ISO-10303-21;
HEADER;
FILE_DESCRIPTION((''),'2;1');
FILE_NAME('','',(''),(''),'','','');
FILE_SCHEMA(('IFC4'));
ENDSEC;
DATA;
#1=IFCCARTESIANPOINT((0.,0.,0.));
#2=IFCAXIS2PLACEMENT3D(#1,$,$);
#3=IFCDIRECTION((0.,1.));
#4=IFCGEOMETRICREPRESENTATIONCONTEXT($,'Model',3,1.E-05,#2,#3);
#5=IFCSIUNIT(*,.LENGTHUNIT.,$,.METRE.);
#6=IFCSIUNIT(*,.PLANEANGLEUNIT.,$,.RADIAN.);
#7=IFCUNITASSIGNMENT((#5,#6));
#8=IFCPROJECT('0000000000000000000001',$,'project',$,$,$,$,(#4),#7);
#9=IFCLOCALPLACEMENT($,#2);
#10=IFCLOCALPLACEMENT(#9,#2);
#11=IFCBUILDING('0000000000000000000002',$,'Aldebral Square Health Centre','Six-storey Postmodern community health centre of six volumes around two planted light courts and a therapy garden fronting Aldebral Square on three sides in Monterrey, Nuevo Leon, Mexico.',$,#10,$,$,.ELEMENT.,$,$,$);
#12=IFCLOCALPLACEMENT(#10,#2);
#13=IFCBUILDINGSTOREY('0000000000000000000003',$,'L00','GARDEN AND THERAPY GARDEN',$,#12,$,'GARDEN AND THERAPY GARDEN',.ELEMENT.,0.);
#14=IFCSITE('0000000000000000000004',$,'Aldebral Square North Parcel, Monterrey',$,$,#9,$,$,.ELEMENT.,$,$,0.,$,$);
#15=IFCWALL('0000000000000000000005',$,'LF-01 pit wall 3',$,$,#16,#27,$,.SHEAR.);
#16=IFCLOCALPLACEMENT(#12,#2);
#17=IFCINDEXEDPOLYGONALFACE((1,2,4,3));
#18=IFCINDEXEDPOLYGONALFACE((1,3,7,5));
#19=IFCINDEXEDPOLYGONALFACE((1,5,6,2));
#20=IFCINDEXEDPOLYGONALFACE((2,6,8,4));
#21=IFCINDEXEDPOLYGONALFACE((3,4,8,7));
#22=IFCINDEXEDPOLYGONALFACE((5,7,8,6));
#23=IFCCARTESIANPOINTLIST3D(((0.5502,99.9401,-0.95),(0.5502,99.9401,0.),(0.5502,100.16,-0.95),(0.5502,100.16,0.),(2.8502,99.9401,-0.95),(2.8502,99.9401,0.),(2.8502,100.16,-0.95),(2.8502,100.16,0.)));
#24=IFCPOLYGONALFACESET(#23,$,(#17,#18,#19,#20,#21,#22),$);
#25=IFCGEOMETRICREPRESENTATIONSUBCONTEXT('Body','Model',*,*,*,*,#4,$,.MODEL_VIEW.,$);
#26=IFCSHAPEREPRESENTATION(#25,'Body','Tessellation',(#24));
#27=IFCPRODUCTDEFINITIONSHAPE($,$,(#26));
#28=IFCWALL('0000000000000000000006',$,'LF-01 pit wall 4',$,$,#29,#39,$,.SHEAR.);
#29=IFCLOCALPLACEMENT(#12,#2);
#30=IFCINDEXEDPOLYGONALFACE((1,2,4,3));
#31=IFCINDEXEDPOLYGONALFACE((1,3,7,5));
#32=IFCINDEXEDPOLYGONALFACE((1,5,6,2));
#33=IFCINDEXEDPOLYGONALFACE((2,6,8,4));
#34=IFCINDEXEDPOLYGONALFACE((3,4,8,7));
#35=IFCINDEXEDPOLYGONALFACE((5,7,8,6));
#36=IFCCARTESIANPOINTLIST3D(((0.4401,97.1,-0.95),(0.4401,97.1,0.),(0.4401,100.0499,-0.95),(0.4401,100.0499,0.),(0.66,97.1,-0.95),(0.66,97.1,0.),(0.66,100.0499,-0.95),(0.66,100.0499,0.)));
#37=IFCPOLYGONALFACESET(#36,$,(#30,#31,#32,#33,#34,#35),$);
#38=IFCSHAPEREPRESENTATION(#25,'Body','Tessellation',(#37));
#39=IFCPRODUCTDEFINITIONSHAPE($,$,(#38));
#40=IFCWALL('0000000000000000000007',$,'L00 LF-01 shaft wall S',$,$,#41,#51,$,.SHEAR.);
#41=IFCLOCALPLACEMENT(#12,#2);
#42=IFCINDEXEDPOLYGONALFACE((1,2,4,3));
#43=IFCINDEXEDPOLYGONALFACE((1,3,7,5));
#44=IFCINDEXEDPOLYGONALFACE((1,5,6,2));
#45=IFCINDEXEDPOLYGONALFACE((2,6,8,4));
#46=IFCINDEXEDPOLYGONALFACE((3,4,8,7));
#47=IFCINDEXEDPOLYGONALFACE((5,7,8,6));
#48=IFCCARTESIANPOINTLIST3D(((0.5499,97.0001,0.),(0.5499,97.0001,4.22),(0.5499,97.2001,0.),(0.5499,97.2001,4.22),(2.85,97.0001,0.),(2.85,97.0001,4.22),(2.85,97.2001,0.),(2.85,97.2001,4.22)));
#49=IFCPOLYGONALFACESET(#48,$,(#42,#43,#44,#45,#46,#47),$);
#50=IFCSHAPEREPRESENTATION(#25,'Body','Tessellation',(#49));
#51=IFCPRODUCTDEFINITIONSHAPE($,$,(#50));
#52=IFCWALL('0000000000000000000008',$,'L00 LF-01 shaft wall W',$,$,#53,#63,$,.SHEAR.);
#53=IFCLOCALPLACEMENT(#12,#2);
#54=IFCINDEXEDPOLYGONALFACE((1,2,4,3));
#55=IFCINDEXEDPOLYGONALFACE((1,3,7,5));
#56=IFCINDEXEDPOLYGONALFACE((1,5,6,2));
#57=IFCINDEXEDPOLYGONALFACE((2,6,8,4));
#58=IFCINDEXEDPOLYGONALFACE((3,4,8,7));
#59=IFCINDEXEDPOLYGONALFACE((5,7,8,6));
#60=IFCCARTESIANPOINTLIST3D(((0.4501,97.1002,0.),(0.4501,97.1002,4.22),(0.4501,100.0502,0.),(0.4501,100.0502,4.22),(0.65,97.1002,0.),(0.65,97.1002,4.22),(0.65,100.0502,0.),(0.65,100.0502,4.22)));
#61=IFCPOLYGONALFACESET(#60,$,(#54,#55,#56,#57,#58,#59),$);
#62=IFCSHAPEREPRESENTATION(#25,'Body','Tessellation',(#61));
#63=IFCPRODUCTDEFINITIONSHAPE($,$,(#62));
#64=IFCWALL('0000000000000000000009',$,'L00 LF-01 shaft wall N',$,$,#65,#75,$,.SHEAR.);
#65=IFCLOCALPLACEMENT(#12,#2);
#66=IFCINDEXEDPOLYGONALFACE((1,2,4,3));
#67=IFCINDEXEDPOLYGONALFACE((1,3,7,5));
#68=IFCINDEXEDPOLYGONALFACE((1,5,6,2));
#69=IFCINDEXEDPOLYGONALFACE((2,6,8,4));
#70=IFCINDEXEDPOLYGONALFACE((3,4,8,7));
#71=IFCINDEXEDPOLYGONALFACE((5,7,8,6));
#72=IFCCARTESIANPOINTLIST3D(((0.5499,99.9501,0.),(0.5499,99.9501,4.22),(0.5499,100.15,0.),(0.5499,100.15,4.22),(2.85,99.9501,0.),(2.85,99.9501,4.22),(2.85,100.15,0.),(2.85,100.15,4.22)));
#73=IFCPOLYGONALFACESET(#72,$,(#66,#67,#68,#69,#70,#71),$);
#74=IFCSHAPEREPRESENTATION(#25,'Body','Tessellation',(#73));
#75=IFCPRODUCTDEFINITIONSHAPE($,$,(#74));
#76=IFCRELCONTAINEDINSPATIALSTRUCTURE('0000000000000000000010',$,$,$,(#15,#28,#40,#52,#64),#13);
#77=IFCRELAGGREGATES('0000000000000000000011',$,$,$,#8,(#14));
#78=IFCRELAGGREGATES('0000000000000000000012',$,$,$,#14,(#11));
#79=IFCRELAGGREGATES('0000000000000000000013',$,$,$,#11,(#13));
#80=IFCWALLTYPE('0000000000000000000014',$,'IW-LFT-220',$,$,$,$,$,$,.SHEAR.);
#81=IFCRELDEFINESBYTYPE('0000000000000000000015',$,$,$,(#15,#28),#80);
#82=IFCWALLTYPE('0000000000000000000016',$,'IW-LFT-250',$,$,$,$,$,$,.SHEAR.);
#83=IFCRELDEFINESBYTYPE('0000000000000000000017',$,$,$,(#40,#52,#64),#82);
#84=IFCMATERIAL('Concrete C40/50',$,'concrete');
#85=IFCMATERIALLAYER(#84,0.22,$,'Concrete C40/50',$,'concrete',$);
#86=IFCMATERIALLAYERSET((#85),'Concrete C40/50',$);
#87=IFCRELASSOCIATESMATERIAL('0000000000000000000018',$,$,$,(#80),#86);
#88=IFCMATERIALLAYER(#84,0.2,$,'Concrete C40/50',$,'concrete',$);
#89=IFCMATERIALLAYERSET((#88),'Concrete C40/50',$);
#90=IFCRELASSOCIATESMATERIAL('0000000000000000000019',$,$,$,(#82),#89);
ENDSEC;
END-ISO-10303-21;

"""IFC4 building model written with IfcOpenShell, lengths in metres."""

from ifc_helpers import new_model, si_unit, direction, frame, frame_2d, origin, place, context, subcontext, project, spatial, rectangle, extrude, material, layer, layer_set, type_object, element, save


model = new_model("IFC4")

# Units and contexts
model_context = context("Model", 3, precision=1e-05, world=origin(), true_north=direction((0.0, 1.0)))
body_context = subcontext(model_context, "Body", "Model", "MODEL_VIEW")
ifc_project = project(units=[si_unit("LENGTHUNIT", "METRE"), si_unit("PLANEANGLEUNIT", "RADIAN")], contexts=[model_context])

# Site, building, storey
site_placement = place(None, origin())
site = spatial("IfcSite", under=ifc_project, at=site_placement, Name="Aldebral Square North Parcel, Monterrey", CompositionType="ELEMENT", RefElevation=0.0)
building_placement = place(site_placement, origin())
building = spatial("IfcBuilding", under=site, at=building_placement, Name="Aldebral Square Health Centre", Description="Six-storey Postmodern community health centre of six volumes around two planted light courts and a therapy garden fronting Aldebral Square on three sides in Monterrey, Nuevo Leon, Mexico.", CompositionType="ELEMENT")
storey_placement = place(building_placement, origin())
storey = spatial("IfcBuildingStorey", under=building, at=storey_placement, Name="L00", Description="GARDEN AND THERAPY GARDEN", LongName="GARDEN AND THERAPY GARDEN", CompositionType="ELEMENT", Elevation=0.0)

# Shared definitions
ifc_material_1 = material(Name="Concrete C40/50", Category="concrete")

# Walls
ifc_layer_1 = layer(ifc_material_1, 0.22, Name="Concrete C40/50", Category="concrete")
ifc_layer_set_1 = layer_set([ifc_layer_1], Name="Concrete C40/50")
wall_type_1 = type_object("IfcWallType", Name="IW-LFT-220", PredefinedType="SHEAR", material=ifc_layer_set_1)
wall_1_placement = place(storey_placement, frame((2.8501, 100.05, -0.95), z_axis=(0.0, 0.0, 1.0), x_axis=(-1.0, 0.0, 0.0)))
element("IfcWall", 1, at=wall_1_placement, inside=storey, type_object=wall_type_1, Name="LF-01 pit wall 3", PredefinedType="SHEAR", context=body_context, shape_type="SweptSolid", body=[
    extrude(rectangle(XDim=2.3, YDim=0.22, at=frame_2d((1.1499, 0.0))), origin(), (0.0, 0.0, 1.0), 0.95),
])
wall_2_placement = place(storey_placement, frame((0.55, 100.05, -0.95), z_axis=(0.0, 0.0, 1.0), x_axis=(0.0, -1.0, 0.0)))
element("IfcWall", 2, at=wall_2_placement, inside=storey, type_object=wall_type_1, Name="LF-01 pit wall 4", PredefinedType="SHEAR", context=body_context, shape_type="SweptSolid", body=[
    extrude(rectangle(XDim=2.95, YDim=0.22, at=frame_2d((1.4751, 0.0))), origin(), (0.0, 0.0, 1.0), 0.95),
])
ifc_layer_2 = layer(ifc_material_1, 0.2, Name="Concrete C40/50", Category="concrete")
ifc_layer_set_2 = layer_set([ifc_layer_2], Name="Concrete C40/50")
wall_type_2 = type_object("IfcWallType", Name="IW-LFT-250", PredefinedType="SHEAR", material=ifc_layer_set_2)
wall_3_placement = place(storey_placement, frame((0.55, 97.1001, 0.0), z_axis=(0.0, 0.0, 1.0), x_axis=(1.0, 0.0, 0.0)))
element("IfcWall", 3, at=wall_3_placement, inside=storey, type_object=wall_type_2, Name="L00 LF-01 shaft wall S", PredefinedType="SHEAR", context=body_context, shape_type="SweptSolid", body=[
    extrude(rectangle(XDim=2.3, YDim=0.2, at=frame_2d((1.1499, 0.0))), origin(), (0.0, 0.0, 1.0), 4.22),
])
wall_4_placement = place(storey_placement, frame((0.55, 97.1001, 0.0), z_axis=(0.0, 0.0, 1.0), x_axis=(0.0, 1.0, 0.0)))
element("IfcWall", 4, at=wall_4_placement, inside=storey, type_object=wall_type_2, Name="L00 LF-01 shaft wall W", PredefinedType="SHEAR", context=body_context, shape_type="SweptSolid", body=[
    extrude(rectangle(XDim=2.95, YDim=0.2, at=frame_2d((1.4751, 0.0))), origin(), (0.0, 0.0, 1.0), 4.22),
])
wall_5_placement = place(storey_placement, frame((0.55, 100.05, 0.0), z_axis=(0.0, 0.0, 1.0), x_axis=(1.0, 0.0, 0.0)))
element("IfcWall", 5, at=wall_5_placement, inside=storey, type_object=wall_type_2, Name="L00 LF-01 shaft wall N", PredefinedType="SHEAR", context=body_context, shape_type="SweptSolid", body=[
    extrude(rectangle(XDim=2.3, YDim=0.2, at=frame_2d((1.1499, 0.0))), origin(), (0.0, 0.0, 1.0), 4.22),
])

save(model, "model.ifc")
